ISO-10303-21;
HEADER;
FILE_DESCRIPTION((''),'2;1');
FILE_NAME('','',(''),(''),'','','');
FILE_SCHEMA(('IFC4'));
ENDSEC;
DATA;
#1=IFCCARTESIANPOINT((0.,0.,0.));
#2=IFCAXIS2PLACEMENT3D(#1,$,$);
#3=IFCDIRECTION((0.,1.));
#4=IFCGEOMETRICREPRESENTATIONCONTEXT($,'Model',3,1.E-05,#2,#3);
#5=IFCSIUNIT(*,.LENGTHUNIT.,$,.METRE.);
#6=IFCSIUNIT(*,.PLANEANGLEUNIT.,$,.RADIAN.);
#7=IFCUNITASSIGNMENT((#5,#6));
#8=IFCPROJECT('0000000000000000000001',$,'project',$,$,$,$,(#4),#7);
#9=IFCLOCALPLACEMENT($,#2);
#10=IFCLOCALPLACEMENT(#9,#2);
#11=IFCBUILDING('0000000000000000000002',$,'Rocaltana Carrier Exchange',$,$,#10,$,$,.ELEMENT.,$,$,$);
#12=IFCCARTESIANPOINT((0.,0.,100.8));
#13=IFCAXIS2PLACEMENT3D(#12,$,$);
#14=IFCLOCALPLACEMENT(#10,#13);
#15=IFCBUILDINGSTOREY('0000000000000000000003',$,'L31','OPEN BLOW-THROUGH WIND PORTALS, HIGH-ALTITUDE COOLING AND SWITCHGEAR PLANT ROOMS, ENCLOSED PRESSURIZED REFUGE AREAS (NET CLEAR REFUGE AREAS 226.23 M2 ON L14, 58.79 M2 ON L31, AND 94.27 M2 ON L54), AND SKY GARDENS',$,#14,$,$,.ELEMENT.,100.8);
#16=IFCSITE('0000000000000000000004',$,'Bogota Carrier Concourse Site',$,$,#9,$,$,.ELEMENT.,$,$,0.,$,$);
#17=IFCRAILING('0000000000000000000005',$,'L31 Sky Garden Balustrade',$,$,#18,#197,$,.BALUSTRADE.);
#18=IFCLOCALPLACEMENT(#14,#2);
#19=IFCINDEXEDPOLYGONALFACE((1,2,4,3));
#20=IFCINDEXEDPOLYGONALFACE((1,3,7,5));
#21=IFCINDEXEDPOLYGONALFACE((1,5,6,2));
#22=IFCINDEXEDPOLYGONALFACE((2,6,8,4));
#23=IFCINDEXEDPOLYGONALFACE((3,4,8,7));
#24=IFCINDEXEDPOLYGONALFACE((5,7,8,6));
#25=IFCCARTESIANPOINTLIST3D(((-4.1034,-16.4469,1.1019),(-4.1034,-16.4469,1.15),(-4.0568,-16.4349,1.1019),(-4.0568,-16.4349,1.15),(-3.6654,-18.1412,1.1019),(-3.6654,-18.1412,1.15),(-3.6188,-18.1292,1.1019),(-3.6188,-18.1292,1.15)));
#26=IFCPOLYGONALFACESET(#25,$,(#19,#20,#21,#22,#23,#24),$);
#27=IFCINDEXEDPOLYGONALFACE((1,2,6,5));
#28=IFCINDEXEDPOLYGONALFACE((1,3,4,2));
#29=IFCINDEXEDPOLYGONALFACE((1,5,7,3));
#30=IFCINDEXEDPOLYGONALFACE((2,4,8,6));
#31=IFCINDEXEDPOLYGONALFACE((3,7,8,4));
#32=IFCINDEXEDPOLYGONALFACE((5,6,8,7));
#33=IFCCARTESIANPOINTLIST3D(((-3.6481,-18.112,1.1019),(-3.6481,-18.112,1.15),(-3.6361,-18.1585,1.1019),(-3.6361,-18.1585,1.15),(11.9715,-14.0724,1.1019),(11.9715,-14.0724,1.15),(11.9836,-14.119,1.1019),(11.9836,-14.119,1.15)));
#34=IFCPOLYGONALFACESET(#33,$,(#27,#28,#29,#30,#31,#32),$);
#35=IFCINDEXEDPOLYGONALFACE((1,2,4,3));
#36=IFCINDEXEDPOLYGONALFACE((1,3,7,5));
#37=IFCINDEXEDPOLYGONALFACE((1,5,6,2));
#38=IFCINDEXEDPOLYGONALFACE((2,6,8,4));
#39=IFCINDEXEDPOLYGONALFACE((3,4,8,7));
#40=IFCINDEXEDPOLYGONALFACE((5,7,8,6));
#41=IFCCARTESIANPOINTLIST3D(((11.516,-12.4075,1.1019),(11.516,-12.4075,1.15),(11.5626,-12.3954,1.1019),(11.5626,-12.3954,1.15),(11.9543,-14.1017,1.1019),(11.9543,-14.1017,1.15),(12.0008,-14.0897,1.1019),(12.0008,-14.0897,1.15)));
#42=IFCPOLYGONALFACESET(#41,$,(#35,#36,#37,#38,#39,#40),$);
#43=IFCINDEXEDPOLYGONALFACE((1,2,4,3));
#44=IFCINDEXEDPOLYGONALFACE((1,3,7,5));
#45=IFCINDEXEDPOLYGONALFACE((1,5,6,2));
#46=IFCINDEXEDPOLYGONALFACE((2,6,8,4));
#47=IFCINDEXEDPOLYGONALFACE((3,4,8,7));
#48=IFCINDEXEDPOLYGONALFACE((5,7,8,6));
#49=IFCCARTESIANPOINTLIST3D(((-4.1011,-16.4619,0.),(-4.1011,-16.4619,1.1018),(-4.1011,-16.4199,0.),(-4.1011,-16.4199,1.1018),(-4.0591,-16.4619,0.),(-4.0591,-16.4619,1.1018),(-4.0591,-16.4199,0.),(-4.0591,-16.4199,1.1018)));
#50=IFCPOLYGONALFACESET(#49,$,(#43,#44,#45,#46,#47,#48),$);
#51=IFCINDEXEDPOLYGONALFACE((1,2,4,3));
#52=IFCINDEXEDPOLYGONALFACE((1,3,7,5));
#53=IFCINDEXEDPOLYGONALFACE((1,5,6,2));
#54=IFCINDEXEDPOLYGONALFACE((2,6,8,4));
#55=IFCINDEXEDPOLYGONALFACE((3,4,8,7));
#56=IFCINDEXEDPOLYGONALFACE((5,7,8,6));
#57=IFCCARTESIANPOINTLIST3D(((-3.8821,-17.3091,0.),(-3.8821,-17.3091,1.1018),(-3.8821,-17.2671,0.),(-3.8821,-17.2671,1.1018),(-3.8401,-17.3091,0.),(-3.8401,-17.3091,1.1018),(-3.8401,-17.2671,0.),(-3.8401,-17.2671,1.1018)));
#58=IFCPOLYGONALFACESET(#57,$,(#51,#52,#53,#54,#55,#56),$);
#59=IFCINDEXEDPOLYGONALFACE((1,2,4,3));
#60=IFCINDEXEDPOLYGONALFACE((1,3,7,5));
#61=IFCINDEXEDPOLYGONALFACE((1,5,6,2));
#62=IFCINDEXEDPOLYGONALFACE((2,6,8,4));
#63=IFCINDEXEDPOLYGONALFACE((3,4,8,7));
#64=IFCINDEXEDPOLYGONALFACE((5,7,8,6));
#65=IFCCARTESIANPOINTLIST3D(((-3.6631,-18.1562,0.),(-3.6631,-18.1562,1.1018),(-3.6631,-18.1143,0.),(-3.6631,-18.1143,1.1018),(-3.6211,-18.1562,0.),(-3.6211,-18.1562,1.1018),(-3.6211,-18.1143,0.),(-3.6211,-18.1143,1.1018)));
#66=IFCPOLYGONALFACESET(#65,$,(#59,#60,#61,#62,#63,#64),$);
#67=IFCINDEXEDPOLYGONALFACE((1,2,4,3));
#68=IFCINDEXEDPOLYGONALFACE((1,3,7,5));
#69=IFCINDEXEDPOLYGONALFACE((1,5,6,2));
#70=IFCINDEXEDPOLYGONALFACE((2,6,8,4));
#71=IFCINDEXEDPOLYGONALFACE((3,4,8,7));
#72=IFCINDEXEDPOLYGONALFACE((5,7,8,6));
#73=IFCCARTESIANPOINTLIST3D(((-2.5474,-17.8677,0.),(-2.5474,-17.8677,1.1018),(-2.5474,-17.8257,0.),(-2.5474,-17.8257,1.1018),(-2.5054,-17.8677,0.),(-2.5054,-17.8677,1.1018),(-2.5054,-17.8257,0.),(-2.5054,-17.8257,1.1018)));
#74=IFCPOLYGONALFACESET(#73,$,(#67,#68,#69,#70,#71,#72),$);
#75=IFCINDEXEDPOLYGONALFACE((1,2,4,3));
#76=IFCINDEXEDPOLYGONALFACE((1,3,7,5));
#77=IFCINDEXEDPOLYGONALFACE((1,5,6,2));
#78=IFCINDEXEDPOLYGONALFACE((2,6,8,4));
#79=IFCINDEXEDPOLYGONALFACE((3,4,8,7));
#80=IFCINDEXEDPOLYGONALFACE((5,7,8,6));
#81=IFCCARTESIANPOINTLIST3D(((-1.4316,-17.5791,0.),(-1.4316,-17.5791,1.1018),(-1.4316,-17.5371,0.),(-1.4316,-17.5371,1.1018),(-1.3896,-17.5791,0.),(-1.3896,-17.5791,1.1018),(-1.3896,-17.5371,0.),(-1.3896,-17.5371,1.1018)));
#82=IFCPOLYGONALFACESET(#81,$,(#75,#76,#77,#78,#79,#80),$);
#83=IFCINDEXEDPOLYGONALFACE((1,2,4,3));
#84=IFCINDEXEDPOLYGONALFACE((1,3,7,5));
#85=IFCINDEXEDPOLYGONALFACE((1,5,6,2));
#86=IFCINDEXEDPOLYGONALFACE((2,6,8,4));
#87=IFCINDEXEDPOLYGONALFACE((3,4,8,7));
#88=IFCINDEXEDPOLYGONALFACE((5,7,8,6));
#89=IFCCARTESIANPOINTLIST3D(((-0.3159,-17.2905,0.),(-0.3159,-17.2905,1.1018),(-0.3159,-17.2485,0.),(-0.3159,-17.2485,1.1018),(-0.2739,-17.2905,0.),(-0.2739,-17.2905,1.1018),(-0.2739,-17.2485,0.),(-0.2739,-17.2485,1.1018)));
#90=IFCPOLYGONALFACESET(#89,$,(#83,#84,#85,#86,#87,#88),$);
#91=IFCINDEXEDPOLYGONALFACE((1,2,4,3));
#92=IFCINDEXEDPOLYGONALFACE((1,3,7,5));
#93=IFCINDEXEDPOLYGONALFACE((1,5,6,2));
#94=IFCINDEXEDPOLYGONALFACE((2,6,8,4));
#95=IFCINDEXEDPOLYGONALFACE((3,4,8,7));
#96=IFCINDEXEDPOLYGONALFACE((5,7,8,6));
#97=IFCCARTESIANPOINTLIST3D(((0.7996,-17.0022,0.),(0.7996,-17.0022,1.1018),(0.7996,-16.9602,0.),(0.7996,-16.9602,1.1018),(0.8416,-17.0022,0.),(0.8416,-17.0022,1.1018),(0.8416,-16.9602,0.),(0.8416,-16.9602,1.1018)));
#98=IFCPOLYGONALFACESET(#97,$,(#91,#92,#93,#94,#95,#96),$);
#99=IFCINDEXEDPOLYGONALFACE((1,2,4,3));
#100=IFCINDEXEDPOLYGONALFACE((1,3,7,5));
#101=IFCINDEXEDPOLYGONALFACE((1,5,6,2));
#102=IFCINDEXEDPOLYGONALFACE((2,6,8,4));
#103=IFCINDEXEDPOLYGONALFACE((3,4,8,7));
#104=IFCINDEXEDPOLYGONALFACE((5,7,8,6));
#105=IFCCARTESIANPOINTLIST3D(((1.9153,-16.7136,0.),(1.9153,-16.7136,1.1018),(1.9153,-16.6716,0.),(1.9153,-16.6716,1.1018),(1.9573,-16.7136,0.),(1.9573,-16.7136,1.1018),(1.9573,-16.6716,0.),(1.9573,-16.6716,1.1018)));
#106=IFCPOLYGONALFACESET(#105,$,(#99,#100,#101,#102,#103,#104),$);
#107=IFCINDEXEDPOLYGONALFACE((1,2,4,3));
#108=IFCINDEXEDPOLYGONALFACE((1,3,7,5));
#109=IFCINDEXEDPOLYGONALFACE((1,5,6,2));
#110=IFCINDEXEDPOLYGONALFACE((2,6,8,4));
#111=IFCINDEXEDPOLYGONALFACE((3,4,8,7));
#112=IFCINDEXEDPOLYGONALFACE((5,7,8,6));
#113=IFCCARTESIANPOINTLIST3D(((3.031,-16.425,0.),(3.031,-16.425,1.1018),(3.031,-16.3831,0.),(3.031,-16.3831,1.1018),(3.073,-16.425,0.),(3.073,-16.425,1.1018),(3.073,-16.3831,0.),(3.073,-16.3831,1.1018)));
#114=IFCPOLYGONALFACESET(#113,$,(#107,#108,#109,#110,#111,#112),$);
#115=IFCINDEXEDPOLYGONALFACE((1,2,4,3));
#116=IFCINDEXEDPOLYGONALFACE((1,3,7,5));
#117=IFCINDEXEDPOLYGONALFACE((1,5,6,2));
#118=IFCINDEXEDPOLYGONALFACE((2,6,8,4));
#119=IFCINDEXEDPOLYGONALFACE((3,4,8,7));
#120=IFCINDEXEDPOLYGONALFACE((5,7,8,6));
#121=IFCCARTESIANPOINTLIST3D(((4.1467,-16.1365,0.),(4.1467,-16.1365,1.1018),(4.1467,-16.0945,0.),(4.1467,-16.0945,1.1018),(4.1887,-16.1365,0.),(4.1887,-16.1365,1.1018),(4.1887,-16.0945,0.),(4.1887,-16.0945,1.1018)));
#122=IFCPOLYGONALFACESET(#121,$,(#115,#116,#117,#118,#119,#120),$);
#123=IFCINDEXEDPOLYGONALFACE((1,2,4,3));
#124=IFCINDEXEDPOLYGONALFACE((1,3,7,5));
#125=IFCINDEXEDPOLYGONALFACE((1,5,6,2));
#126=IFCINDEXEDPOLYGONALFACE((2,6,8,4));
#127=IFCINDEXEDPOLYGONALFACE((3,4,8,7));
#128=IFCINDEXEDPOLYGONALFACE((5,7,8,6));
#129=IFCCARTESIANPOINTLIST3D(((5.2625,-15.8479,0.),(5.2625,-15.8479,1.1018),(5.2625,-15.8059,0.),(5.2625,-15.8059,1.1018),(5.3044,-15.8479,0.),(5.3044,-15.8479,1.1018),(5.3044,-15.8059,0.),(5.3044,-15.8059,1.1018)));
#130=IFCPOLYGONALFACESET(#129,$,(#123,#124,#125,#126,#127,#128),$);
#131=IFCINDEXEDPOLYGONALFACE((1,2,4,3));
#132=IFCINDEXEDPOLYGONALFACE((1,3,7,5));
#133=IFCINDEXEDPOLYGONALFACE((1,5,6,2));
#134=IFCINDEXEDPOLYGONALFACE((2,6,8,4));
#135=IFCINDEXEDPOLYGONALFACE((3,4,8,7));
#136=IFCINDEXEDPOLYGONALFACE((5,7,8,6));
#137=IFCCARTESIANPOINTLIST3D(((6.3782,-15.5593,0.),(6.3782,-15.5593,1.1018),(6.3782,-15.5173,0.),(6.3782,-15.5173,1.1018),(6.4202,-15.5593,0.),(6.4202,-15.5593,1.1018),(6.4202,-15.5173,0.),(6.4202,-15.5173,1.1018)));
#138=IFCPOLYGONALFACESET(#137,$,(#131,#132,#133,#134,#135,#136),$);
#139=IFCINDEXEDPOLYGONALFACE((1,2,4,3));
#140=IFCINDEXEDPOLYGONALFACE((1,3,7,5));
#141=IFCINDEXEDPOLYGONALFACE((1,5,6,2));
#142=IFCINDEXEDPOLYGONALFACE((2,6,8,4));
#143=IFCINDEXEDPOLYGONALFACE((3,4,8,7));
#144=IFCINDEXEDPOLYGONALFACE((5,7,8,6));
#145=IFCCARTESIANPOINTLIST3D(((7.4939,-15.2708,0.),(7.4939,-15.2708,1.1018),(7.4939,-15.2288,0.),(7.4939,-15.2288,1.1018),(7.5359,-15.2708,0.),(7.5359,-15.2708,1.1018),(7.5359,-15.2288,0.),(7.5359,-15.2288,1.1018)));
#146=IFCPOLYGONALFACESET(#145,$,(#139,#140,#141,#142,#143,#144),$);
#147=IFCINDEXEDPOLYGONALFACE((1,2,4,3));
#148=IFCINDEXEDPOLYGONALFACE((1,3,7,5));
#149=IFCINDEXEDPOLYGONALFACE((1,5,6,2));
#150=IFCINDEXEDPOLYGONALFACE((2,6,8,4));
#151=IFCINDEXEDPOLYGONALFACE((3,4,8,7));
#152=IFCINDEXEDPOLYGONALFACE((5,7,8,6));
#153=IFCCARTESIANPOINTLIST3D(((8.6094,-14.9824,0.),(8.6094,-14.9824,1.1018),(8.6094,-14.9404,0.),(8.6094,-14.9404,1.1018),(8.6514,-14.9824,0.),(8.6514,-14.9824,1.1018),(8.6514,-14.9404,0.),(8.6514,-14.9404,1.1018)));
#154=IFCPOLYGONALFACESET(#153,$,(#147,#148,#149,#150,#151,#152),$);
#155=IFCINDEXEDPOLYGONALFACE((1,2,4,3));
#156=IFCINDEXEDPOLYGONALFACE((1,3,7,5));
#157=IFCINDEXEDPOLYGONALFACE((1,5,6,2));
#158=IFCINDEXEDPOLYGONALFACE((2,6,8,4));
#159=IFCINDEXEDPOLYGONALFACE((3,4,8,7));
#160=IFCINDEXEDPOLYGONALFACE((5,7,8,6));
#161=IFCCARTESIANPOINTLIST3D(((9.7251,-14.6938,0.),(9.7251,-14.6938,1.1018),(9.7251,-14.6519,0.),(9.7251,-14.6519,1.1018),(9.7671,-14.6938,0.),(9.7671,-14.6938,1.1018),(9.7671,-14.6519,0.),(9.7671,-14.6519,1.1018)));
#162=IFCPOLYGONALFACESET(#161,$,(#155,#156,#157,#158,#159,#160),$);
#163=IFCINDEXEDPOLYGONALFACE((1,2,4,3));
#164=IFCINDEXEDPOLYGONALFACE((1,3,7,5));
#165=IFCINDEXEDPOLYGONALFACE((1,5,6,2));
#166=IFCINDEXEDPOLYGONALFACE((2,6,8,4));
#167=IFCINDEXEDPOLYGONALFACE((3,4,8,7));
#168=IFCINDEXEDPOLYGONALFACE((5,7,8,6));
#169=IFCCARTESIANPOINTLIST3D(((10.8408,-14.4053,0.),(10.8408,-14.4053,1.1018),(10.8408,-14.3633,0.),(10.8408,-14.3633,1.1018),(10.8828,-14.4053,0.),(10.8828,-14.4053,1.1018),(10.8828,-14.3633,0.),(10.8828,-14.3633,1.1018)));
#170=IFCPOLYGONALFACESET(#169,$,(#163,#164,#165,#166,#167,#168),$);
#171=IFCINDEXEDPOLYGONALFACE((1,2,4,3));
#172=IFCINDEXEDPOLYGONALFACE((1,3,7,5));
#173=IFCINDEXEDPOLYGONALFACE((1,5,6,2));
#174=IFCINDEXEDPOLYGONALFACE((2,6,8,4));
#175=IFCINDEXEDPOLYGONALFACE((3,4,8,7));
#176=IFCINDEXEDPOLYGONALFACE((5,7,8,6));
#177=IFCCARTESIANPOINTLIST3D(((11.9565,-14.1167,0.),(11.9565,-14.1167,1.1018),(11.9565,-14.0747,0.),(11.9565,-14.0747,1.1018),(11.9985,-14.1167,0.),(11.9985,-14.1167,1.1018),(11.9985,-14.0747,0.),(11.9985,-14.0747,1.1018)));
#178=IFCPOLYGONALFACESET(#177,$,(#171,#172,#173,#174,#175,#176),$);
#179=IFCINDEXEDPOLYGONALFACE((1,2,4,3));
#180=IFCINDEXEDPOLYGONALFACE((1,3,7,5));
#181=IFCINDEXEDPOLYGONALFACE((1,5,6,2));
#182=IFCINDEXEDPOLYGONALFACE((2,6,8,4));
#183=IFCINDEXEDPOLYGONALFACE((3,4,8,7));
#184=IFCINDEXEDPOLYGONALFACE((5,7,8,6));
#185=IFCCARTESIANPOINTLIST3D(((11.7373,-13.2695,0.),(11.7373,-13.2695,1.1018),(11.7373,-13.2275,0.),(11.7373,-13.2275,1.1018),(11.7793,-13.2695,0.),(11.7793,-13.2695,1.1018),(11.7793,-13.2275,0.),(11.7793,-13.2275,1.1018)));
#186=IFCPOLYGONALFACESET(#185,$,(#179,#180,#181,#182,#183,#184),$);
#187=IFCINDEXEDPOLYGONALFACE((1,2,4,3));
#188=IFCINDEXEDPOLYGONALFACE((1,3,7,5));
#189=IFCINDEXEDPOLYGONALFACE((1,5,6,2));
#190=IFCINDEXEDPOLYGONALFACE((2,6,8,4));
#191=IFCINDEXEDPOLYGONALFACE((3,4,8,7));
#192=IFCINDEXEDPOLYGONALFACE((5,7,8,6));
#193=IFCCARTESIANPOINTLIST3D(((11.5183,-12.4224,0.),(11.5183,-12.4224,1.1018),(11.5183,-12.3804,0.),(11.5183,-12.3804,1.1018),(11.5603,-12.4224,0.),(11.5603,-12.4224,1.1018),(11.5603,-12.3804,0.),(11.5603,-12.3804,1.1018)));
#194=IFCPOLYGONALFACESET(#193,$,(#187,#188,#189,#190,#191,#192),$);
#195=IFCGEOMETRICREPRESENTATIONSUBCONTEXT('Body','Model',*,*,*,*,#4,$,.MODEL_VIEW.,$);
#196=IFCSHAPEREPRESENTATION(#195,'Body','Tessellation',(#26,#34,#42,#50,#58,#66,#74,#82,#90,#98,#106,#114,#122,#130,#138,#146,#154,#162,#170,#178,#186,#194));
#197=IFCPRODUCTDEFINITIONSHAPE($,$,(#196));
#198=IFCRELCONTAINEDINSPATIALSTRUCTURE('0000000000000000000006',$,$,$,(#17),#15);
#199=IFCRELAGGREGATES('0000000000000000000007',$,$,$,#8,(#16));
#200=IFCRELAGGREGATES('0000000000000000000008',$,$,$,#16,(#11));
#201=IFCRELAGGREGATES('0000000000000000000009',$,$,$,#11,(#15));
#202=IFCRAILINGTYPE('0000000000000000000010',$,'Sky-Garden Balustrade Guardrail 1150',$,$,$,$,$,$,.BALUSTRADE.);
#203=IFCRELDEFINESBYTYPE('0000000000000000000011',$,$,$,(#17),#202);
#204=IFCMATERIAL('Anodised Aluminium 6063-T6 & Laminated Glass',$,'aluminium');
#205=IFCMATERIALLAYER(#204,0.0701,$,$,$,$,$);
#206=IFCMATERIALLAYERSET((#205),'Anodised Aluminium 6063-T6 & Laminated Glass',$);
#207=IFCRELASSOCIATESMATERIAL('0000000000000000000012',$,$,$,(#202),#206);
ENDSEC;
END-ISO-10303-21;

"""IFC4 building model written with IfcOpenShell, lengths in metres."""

from ifc_helpers import new_model, si_unit, direction, frame, origin, origin_2d, place, context, subcontext, project, spatial, rectangle, extrude, material, layer, layer_set, type_object, element, save


model = new_model("IFC4")

# Units and contexts
model_context = context("Model", 3, precision=1e-05, world=origin(), true_north=direction((0.0, 1.0)))
body_context = subcontext(model_context, "Body", "Model", "MODEL_VIEW")
ifc_project = project(units=[si_unit("LENGTHUNIT", "METRE"), si_unit("PLANEANGLEUNIT", "RADIAN")], contexts=[model_context])

# Site, building, storey
site_placement = place(None, origin())
site = spatial("IfcSite", under=ifc_project, at=site_placement, Name="Bogota Carrier Concourse Site", CompositionType="ELEMENT", RefElevation=0.0)
building_placement = place(site_placement, origin())
building = spatial("IfcBuilding", under=site, at=building_placement, Name="Rocaltana Carrier Exchange", CompositionType="ELEMENT")
storey_placement = place(building_placement, frame((0.0, 0.0, 100.8)))
storey = spatial("IfcBuildingStorey", under=building, at=storey_placement, Name="L31", Description="OPEN BLOW-THROUGH WIND PORTALS, HIGH-ALTITUDE COOLING AND SWITCHGEAR PLANT ROOMS, ENCLOSED PRESSURIZED REFUGE AREAS (NET CLEAR REFUGE AREAS 226.23 M2 ON L14, 58.79 M2 ON L31, AND 94.27 M2 ON L54), AND SKY GARDENS", CompositionType="ELEMENT", Elevation=100.8)

# Railing
ifc_material_1 = material(Name="Anodised Aluminium 6063-T6 & Laminated Glass", Category="aluminium")
ifc_layer_1 = layer(ifc_material_1, 0.0701)
ifc_layer_set_1 = layer_set([ifc_layer_1], Name="Anodised Aluminium 6063-T6 & Laminated Glass")
railing_type = type_object("IfcRailingType", Name="Sky-Garden Balustrade Guardrail 1150", PredefinedType="BALUSTRADE", material=ifc_layer_set_1)
railing_placement = place(storey_placement, frame((-4.0801, -16.4409, 0.0)))
element("IfcRailing", 1, at=railing_placement, inside=storey, type_object=railing_type, Name="L31 Sky Garden Balustrade", PredefinedType="BALUSTRADE", context=body_context, shape_type="SweptSolid", body=[
    extrude(rectangle(XDim=0.0481, YDim=0.0481, at=origin_2d()), frame((0.0, 0.0, 1.126), z_axis=(0.250275, -0.968175, 0.0), x_axis=(0.968175, 0.250275, 0.0)), (0.0, 0.0, 1.0), 1.75),
    extrude(rectangle(XDim=0.0481, YDim=0.0481, at=origin_2d()), frame((0.438, -1.6943, 1.126), z_axis=(0.968147, 0.250382, 0.0), x_axis=(-0.250382, 0.968147, 0.0)), (0.0, 0.0, 1.0), 16.1335),
    extrude(rectangle(XDim=0.0481, YDim=0.0481, at=origin_2d()), frame((16.0576, 2.3452, 1.126), z_axis=(-0.250405, 0.968141, 0.0), x_axis=(-0.968141, -0.250405, 0.0)), (0.0, 0.0, 1.0), 1.75),
    extrude(rectangle(XDim=0.042, YDim=0.042, at=origin_2d()), origin(), (0.0, 0.0, 1.0), 1.1018),
    extrude(rectangle(XDim=0.042, YDim=0.042, at=origin_2d()), frame((0.219, -0.8472, 0.0)), (0.0, 0.0, 1.0), 1.1018),
    extrude(rectangle(XDim=0.042, YDim=0.042, at=origin_2d()), frame((0.438, -1.6943, 0.0)), (0.0, 0.0, 1.0), 1.1018),
    extrude(rectangle(XDim=0.042, YDim=0.042, at=origin_2d()), frame((1.5537, -1.4058, 0.0)), (0.0, 0.0, 1.0), 1.1018),
    extrude(rectangle(XDim=0.042, YDim=0.042, at=origin_2d()), frame((2.6694, -1.1172, 0.0)), (0.0, 0.0, 1.0), 1.1018),
    extrude(rectangle(XDim=0.042, YDim=0.042, at=origin_2d()), frame((3.7852, -0.8286, 0.0)), (0.0, 0.0, 1.0), 1.1018),
    extrude(rectangle(XDim=0.042, YDim=0.042, at=origin_2d()), frame((4.9006, -0.5403, 0.0)), (0.0, 0.0, 1.0), 1.1018),
    extrude(rectangle(XDim=0.042, YDim=0.042, at=origin_2d()), frame((6.0164, -0.2517, 0.0)), (0.0, 0.0, 1.0), 1.1018),
    extrude(rectangle(XDim=0.042, YDim=0.042, at=origin_2d()), frame((7.1321, 0.0369, 0.0)), (0.0, 0.0, 1.0), 1.1018),
    extrude(rectangle(XDim=0.042, YDim=0.042, at=origin_2d()), frame((8.2478, 0.3254, 0.0)), (0.0, 0.0, 1.0), 1.1018),
    extrude(rectangle(XDim=0.042, YDim=0.042, at=origin_2d()), frame((9.3635, 0.614, 0.0)), (0.0, 0.0, 1.0), 1.1018),
    extrude(rectangle(XDim=0.042, YDim=0.042, at=origin_2d()), frame((10.4792, 0.9026, 0.0)), (0.0, 0.0, 1.0), 1.1018),
    extrude(rectangle(XDim=0.042, YDim=0.042, at=origin_2d()), frame((11.595, 1.1912, 0.0)), (0.0, 0.0, 1.0), 1.1018),
    extrude(rectangle(XDim=0.042, YDim=0.042, at=origin_2d()), frame((12.7104, 1.4795, 0.0)), (0.0, 0.0, 1.0), 1.1018),
    extrude(rectangle(XDim=0.042, YDim=0.042, at=origin_2d()), frame((13.8262, 1.7681, 0.0)), (0.0, 0.0, 1.0), 1.1018),
    extrude(rectangle(XDim=0.042, YDim=0.042, at=origin_2d()), frame((14.9419, 2.0566, 0.0)), (0.0, 0.0, 1.0), 1.1018),
    extrude(rectangle(XDim=0.042, YDim=0.042, at=origin_2d()), frame((16.0576, 2.3452, 0.0)), (0.0, 0.0, 1.0), 1.1018),
    extrude(rectangle(XDim=0.042, YDim=0.042, at=origin_2d()), frame((15.8384, 3.1924, 0.0)), (0.0, 0.0, 1.0), 1.1018),
    extrude(rectangle(XDim=0.042, YDim=0.042, at=origin_2d()), frame((15.6194, 4.0396, 0.0)), (0.0, 0.0, 1.0), 1.1018),
])

save(model, "model.ifc")
